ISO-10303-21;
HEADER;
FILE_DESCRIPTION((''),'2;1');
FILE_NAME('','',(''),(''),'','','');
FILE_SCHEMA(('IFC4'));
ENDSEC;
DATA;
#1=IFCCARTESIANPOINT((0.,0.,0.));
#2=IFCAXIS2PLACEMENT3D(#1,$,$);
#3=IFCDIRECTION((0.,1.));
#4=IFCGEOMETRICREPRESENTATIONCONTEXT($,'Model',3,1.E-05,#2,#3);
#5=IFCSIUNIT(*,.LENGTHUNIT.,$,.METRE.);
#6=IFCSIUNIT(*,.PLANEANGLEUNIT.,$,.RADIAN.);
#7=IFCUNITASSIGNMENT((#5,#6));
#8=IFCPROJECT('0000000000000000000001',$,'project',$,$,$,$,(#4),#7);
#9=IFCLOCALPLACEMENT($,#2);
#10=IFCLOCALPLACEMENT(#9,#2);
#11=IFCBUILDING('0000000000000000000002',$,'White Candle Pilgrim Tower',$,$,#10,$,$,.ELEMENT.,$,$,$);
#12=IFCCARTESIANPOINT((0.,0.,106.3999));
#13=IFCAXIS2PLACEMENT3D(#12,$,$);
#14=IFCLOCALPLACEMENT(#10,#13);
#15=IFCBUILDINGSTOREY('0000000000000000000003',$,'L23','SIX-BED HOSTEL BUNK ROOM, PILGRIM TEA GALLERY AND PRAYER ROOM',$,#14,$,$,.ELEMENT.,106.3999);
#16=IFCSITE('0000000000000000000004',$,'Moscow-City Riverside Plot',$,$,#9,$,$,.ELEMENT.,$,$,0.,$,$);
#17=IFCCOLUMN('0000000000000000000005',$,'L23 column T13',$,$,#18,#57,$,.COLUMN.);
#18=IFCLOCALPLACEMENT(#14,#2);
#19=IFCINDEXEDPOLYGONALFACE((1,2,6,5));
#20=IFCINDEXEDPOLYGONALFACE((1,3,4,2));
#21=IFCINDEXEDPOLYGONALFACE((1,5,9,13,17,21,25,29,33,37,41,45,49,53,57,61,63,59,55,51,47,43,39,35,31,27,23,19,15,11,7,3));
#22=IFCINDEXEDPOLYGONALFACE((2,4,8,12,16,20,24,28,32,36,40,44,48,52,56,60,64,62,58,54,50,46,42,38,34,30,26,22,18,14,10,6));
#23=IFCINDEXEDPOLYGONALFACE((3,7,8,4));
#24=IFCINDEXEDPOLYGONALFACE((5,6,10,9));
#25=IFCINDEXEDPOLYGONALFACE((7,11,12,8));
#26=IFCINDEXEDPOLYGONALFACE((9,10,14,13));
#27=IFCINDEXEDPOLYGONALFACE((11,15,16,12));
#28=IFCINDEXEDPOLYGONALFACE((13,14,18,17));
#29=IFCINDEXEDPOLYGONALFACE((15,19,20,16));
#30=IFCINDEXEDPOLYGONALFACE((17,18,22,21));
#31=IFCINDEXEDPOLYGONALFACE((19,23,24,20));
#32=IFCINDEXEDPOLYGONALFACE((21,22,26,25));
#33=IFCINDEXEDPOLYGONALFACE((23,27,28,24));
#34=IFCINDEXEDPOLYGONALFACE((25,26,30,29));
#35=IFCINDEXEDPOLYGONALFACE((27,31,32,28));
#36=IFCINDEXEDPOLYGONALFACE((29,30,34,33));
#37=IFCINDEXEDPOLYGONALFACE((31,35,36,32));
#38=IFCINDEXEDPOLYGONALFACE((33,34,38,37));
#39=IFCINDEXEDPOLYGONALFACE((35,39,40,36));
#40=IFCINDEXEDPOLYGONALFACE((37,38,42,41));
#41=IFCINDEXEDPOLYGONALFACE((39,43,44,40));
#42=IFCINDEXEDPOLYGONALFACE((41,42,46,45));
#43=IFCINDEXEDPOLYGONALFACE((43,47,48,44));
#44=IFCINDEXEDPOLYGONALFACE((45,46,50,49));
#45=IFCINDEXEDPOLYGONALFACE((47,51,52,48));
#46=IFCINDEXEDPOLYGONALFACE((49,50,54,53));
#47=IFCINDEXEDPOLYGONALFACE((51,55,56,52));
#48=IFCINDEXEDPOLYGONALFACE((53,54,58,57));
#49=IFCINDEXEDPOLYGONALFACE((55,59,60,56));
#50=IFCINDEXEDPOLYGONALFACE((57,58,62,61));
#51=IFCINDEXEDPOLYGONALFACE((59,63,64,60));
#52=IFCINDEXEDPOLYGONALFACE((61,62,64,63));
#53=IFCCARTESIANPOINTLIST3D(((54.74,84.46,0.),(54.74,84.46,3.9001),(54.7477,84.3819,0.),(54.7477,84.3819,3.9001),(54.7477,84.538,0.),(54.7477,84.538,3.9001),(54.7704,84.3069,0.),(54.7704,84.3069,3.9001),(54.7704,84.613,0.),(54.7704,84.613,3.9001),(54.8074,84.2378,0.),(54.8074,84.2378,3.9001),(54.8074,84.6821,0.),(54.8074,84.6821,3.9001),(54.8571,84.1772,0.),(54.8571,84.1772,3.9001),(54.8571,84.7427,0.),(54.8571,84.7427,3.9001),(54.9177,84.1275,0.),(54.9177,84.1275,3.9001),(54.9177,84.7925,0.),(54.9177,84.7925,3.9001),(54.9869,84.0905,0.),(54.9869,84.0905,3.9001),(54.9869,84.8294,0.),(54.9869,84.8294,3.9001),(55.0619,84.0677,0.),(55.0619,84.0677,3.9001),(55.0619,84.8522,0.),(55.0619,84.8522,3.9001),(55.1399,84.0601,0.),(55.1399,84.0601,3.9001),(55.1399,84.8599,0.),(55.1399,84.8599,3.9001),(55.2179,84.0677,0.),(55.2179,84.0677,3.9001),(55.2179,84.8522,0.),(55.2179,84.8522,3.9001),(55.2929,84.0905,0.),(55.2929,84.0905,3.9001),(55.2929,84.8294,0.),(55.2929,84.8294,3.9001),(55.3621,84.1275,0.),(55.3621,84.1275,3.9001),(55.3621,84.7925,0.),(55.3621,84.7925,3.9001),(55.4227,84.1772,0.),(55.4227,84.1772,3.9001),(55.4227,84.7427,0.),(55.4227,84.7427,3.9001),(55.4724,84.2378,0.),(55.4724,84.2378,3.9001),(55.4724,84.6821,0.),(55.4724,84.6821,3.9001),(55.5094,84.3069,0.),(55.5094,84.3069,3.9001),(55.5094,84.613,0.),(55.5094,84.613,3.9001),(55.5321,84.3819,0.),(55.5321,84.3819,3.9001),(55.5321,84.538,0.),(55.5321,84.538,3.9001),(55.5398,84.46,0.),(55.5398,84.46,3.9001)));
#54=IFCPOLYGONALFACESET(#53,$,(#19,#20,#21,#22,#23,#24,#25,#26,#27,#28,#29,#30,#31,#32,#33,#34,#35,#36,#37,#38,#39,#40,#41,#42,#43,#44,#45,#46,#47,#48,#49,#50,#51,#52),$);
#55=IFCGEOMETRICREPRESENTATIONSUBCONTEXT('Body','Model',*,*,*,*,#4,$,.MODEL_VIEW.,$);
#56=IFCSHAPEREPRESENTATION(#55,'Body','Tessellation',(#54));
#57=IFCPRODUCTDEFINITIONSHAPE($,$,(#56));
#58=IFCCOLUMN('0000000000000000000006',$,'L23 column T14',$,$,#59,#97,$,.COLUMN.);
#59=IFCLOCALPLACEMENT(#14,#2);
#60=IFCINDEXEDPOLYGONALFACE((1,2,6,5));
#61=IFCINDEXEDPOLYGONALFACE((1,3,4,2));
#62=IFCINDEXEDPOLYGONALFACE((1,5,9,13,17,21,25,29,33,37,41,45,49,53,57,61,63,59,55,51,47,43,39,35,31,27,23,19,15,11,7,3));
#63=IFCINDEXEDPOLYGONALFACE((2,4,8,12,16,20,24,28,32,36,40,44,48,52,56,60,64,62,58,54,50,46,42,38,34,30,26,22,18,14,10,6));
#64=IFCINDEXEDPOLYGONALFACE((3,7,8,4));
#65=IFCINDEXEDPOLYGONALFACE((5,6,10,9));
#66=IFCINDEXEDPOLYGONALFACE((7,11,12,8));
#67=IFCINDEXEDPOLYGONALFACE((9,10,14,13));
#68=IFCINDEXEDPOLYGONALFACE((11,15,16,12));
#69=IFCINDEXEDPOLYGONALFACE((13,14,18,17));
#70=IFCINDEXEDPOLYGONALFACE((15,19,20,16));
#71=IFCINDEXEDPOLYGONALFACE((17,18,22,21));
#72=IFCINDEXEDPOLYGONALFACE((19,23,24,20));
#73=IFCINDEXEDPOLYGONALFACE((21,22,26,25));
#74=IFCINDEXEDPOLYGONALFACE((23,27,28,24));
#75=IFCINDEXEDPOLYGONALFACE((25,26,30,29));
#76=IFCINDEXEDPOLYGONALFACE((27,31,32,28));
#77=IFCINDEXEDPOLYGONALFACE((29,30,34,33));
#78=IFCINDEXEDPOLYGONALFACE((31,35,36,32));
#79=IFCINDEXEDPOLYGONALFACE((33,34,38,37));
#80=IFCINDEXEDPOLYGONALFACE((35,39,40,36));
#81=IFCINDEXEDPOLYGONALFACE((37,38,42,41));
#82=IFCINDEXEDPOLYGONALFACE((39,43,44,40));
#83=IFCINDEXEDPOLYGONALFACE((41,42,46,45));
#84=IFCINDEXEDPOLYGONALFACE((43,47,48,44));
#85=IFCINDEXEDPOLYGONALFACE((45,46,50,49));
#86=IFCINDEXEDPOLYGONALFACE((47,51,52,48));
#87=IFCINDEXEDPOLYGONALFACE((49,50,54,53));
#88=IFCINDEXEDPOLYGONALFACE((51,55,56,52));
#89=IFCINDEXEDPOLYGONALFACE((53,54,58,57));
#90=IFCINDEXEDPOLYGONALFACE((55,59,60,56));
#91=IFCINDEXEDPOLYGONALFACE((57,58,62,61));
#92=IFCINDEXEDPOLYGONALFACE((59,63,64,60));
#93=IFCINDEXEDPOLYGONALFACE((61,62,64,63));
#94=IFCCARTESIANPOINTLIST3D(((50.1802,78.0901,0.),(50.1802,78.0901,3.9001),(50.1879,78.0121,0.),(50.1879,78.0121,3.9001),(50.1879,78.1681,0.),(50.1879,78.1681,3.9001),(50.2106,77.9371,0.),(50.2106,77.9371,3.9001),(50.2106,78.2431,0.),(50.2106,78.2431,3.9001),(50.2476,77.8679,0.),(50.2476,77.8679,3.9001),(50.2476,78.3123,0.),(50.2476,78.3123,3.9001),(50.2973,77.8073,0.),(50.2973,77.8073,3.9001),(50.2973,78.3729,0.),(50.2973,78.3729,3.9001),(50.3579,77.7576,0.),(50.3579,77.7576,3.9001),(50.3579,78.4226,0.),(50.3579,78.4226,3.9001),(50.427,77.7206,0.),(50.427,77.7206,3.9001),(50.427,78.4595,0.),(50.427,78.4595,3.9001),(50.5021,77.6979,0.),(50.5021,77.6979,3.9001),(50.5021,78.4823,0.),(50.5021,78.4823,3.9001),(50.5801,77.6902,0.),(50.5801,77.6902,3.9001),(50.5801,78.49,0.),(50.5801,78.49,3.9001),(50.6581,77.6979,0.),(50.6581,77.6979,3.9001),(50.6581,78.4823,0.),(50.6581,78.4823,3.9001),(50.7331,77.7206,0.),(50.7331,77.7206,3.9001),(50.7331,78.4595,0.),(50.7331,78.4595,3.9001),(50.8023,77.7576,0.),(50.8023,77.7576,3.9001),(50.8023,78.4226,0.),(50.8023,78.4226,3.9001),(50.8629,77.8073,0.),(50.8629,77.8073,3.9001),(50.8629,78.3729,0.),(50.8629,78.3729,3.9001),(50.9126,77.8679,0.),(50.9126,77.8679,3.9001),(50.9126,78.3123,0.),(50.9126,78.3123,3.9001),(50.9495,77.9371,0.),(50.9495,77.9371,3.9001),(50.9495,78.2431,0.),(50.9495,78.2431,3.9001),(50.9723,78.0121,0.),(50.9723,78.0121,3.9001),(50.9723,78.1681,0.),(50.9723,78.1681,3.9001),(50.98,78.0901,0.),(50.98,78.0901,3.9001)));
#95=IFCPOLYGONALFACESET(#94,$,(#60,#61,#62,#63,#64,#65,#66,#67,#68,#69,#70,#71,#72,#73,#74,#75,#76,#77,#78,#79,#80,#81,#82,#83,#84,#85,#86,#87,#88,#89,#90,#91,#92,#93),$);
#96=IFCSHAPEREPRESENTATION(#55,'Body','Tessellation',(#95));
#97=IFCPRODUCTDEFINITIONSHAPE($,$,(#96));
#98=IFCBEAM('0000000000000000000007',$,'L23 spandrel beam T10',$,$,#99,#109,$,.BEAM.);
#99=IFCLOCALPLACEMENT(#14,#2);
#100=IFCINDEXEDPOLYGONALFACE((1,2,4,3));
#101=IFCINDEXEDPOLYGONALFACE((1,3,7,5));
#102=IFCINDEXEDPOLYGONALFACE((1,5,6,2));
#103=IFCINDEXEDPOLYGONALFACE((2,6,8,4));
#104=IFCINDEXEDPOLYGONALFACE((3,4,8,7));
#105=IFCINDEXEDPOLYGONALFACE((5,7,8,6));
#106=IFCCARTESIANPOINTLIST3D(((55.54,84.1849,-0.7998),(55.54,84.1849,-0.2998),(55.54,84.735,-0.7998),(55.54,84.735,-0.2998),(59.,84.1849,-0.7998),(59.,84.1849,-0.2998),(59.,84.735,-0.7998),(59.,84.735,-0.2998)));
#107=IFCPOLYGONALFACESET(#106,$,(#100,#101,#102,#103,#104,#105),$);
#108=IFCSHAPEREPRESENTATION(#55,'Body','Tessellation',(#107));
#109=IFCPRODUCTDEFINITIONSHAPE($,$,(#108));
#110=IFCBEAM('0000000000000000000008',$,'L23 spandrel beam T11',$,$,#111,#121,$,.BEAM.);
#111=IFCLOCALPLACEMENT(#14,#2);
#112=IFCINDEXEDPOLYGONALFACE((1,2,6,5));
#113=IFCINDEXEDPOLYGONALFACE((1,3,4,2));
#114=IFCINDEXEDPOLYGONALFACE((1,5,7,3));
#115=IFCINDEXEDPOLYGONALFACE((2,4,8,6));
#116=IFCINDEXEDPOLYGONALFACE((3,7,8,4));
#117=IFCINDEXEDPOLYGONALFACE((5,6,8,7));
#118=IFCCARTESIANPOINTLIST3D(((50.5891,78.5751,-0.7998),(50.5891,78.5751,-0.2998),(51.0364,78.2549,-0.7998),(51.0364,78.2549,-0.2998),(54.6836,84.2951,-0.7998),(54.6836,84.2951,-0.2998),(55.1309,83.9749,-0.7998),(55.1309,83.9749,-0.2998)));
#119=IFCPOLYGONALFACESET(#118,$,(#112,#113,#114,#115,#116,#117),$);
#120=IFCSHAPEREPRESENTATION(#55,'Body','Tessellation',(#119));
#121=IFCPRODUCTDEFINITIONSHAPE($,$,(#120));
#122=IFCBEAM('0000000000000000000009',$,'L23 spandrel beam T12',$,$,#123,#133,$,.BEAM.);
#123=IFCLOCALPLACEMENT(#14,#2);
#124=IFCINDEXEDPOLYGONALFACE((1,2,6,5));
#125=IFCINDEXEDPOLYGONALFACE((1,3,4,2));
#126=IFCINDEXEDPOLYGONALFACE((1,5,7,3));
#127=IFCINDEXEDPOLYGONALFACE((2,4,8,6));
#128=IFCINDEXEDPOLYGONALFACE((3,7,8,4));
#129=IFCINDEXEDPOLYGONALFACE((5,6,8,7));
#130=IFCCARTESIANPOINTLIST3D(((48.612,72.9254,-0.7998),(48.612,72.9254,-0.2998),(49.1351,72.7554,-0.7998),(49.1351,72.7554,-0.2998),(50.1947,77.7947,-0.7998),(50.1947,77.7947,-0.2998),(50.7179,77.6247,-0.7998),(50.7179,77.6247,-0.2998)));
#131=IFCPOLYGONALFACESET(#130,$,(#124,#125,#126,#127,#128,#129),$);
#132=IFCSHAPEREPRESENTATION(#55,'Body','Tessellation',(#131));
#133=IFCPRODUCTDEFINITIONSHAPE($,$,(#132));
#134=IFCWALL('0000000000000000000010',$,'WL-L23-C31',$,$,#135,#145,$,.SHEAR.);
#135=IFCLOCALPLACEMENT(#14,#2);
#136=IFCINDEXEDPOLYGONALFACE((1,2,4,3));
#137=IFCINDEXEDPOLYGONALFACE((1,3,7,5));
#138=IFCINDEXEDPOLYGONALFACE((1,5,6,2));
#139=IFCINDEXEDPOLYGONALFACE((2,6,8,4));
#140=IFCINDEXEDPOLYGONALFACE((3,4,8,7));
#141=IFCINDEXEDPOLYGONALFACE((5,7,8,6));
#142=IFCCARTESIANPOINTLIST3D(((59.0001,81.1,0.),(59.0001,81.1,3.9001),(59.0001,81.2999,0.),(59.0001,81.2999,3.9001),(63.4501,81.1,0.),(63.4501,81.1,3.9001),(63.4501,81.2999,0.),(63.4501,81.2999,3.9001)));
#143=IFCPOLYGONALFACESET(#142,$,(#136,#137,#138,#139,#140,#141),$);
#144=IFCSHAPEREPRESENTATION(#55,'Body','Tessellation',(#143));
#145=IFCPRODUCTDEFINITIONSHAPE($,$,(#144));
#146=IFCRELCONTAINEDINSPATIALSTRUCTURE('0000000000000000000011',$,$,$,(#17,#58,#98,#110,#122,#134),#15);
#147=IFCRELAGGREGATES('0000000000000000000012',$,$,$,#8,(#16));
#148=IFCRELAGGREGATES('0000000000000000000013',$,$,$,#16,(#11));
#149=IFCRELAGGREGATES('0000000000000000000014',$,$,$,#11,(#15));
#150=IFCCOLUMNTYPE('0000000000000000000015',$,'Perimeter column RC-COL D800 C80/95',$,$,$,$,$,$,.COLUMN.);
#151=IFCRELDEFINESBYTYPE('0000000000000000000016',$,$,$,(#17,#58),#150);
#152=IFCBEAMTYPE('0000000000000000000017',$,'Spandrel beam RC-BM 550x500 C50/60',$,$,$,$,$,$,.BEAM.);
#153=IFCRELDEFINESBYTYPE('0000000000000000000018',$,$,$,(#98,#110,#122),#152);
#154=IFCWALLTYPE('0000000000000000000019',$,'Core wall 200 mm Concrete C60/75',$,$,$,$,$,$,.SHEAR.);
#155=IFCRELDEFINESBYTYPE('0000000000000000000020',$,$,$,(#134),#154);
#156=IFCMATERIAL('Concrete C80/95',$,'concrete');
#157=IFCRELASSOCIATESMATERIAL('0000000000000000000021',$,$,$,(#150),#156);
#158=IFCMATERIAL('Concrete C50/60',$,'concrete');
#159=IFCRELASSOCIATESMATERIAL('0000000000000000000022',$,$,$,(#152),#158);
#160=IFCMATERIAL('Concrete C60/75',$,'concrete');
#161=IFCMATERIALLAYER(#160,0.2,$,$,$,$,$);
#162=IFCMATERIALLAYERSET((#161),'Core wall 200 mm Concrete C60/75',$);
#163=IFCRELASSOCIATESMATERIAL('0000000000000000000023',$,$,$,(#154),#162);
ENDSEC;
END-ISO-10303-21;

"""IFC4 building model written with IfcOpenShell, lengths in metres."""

from ifc_helpers import new_model, si_unit, direction, frame, frame_2d, origin, origin_2d, place, context, subcontext, project, spatial, rectangle, circle, extrude, material, layer, layer_set, material_profile, profile_set, type_object, element, save


model = new_model("IFC4")

# Units and contexts
model_context = context("Model", 3, precision=1e-05, world=origin(), true_north=direction((0.0, 1.0)))
body_context = subcontext(model_context, "Body", "Model", "MODEL_VIEW")
ifc_project = project(units=[si_unit("LENGTHUNIT", "METRE"), si_unit("PLANEANGLEUNIT", "RADIAN")], contexts=[model_context])

# Site, building, storey
site_placement = place(None, origin())
site = spatial("IfcSite", under=ifc_project, at=site_placement, Name="Moscow-City Riverside Plot", CompositionType="ELEMENT", RefElevation=0.0)
building_placement = place(site_placement, origin())
building = spatial("IfcBuilding", under=site, at=building_placement, Name="White Candle Pilgrim Tower", CompositionType="ELEMENT")
storey_placement = place(building_placement, frame((0.0, 0.0, 106.3999)))
storey = spatial("IfcBuildingStorey", under=building, at=storey_placement, Name="L23", Description="SIX-BED HOSTEL BUNK ROOM, PILGRIM TEA GALLERY AND PRAYER ROOM", CompositionType="ELEMENT", Elevation=106.3999)

# Columns
ifc_material_1 = material(Name="Concrete C80/95", Category="concrete")
ifc_material_profile_1 = material_profile(ifc_material_1, circle(Radius=0.3999, at=origin_2d()), Name="RC-COL D800")
ifc_profile_set_1 = profile_set([ifc_material_profile_1], Name="Concrete C80/95")
column_type = type_object("IfcColumnType", Name="Perimeter column RC-COL D800 C80/95", PredefinedType="COLUMN", material=ifc_profile_set_1)
for number, where, z_axis, x_axis, name in (
    (1, (55.1399, 84.46, 0.0), (0.0, 0.0, 1.0), (1.0, 0.0, 0.0), "L23 column T13"),
    (2, (50.5801, 78.0901, 0.0), (0.0, 0.0, 1.0), (1.0, 0.0, 0.0), "L23 column T14"),
):
    element("IfcColumn", number, at=place(storey_placement, frame(where, z_axis=z_axis, x_axis=x_axis)), inside=storey, type_object=column_type, Name=name, PredefinedType="COLUMN", context=body_context, shape_type="SweptSolid", body=[
        extrude(circle(Radius=0.3999, at=origin_2d()), origin(), (0.0, 0.0, 1.0), 3.9001),
    ])

# Beams
ifc_material_2 = material(Name="Concrete C50/60", Category="concrete")
ifc_material_profile_2 = material_profile(ifc_material_2, rectangle(XDim=0.55, YDim=0.5, at=origin_2d()), Name="RC-BM 550x500")
ifc_profile_set_2 = profile_set([ifc_material_profile_2], Name="Concrete C50/60")
beam_type = type_object("IfcBeamType", Name="Spandrel beam RC-BM 550x500 C50/60", PredefinedType="BEAM", material=ifc_profile_set_2)
beam_1_placement = place(storey_placement, frame((55.54, 84.46, -0.5498), z_axis=(1.0, 0.0, 0.0), x_axis=(0.0, 1.0, 0.0)))
element("IfcBeam", 3, at=beam_1_placement, inside=storey, type_object=beam_type, Name="L23 spandrel beam T10", PredefinedType="BEAM", context=body_context, shape_type="SweptSolid", body=[
    extrude(rectangle(XDim=0.55, YDim=0.5, at=origin_2d()), origin(), (0.0, 0.0, 1.0), 3.46),
])
beam_2_placement = place(storey_placement, frame((54.9072, 84.135, -0.5498), z_axis=(-0.582065, -0.813142, 0.0), x_axis=(0.813142, -0.582065, 0.0)))
element("IfcBeam", 4, at=beam_2_placement, inside=storey, type_object=beam_type, Name="L23 spandrel beam T11", PredefinedType="BEAM", context=body_context, shape_type="SweptSolid", body=[
    extrude(rectangle(XDim=0.55, YDim=0.5, at=origin_2d()), origin(), (0.0, 0.0, 1.0), 7.0344),
])
beam_3_placement = place(storey_placement, frame((50.4563, 77.7097, -0.5498), z_axis=(-0.309124, -0.951022, 0.0), x_axis=(0.951022, -0.309124, 0.0)))
element("IfcBeam", 5, at=beam_3_placement, inside=storey, type_object=beam_type, Name="L23 spandrel beam T12", PredefinedType="BEAM", context=body_context, shape_type="SweptSolid", body=[
    extrude(rectangle(XDim=0.55, YDim=0.5, at=origin_2d()), origin(), (0.0, 0.0, 1.0), 5.1201),
])

# Wall
ifc_material_3 = material(Name="Concrete C60/75", Category="concrete")
ifc_layer_1 = layer(ifc_material_3, 0.2)
ifc_layer_set_1 = layer_set([ifc_layer_1], Name="Core wall 200 mm Concrete C60/75")
wall_type_1 = type_object("IfcWallType", Name="Core wall 200 mm Concrete C60/75", PredefinedType="SHEAR", material=ifc_layer_set_1)
wall_1_placement = place(storey_placement, frame((59.0, 81.2, 0.0), z_axis=(0.0, 0.0, 1.0), x_axis=(1.0, 0.0, 0.0)))
element("IfcWall", 6, at=wall_1_placement, inside=storey, type_object=wall_type_1, Name="WL-L23-C31", PredefinedType="SHEAR", context=body_context, shape_type="SweptSolid", body=[
    extrude(rectangle(XDim=4.45, YDim=0.2, at=frame_2d((2.2251, 0.0))), origin(), (0.0, 0.0, 1.0), 3.9001),
])

save(model, "model.ifc")
